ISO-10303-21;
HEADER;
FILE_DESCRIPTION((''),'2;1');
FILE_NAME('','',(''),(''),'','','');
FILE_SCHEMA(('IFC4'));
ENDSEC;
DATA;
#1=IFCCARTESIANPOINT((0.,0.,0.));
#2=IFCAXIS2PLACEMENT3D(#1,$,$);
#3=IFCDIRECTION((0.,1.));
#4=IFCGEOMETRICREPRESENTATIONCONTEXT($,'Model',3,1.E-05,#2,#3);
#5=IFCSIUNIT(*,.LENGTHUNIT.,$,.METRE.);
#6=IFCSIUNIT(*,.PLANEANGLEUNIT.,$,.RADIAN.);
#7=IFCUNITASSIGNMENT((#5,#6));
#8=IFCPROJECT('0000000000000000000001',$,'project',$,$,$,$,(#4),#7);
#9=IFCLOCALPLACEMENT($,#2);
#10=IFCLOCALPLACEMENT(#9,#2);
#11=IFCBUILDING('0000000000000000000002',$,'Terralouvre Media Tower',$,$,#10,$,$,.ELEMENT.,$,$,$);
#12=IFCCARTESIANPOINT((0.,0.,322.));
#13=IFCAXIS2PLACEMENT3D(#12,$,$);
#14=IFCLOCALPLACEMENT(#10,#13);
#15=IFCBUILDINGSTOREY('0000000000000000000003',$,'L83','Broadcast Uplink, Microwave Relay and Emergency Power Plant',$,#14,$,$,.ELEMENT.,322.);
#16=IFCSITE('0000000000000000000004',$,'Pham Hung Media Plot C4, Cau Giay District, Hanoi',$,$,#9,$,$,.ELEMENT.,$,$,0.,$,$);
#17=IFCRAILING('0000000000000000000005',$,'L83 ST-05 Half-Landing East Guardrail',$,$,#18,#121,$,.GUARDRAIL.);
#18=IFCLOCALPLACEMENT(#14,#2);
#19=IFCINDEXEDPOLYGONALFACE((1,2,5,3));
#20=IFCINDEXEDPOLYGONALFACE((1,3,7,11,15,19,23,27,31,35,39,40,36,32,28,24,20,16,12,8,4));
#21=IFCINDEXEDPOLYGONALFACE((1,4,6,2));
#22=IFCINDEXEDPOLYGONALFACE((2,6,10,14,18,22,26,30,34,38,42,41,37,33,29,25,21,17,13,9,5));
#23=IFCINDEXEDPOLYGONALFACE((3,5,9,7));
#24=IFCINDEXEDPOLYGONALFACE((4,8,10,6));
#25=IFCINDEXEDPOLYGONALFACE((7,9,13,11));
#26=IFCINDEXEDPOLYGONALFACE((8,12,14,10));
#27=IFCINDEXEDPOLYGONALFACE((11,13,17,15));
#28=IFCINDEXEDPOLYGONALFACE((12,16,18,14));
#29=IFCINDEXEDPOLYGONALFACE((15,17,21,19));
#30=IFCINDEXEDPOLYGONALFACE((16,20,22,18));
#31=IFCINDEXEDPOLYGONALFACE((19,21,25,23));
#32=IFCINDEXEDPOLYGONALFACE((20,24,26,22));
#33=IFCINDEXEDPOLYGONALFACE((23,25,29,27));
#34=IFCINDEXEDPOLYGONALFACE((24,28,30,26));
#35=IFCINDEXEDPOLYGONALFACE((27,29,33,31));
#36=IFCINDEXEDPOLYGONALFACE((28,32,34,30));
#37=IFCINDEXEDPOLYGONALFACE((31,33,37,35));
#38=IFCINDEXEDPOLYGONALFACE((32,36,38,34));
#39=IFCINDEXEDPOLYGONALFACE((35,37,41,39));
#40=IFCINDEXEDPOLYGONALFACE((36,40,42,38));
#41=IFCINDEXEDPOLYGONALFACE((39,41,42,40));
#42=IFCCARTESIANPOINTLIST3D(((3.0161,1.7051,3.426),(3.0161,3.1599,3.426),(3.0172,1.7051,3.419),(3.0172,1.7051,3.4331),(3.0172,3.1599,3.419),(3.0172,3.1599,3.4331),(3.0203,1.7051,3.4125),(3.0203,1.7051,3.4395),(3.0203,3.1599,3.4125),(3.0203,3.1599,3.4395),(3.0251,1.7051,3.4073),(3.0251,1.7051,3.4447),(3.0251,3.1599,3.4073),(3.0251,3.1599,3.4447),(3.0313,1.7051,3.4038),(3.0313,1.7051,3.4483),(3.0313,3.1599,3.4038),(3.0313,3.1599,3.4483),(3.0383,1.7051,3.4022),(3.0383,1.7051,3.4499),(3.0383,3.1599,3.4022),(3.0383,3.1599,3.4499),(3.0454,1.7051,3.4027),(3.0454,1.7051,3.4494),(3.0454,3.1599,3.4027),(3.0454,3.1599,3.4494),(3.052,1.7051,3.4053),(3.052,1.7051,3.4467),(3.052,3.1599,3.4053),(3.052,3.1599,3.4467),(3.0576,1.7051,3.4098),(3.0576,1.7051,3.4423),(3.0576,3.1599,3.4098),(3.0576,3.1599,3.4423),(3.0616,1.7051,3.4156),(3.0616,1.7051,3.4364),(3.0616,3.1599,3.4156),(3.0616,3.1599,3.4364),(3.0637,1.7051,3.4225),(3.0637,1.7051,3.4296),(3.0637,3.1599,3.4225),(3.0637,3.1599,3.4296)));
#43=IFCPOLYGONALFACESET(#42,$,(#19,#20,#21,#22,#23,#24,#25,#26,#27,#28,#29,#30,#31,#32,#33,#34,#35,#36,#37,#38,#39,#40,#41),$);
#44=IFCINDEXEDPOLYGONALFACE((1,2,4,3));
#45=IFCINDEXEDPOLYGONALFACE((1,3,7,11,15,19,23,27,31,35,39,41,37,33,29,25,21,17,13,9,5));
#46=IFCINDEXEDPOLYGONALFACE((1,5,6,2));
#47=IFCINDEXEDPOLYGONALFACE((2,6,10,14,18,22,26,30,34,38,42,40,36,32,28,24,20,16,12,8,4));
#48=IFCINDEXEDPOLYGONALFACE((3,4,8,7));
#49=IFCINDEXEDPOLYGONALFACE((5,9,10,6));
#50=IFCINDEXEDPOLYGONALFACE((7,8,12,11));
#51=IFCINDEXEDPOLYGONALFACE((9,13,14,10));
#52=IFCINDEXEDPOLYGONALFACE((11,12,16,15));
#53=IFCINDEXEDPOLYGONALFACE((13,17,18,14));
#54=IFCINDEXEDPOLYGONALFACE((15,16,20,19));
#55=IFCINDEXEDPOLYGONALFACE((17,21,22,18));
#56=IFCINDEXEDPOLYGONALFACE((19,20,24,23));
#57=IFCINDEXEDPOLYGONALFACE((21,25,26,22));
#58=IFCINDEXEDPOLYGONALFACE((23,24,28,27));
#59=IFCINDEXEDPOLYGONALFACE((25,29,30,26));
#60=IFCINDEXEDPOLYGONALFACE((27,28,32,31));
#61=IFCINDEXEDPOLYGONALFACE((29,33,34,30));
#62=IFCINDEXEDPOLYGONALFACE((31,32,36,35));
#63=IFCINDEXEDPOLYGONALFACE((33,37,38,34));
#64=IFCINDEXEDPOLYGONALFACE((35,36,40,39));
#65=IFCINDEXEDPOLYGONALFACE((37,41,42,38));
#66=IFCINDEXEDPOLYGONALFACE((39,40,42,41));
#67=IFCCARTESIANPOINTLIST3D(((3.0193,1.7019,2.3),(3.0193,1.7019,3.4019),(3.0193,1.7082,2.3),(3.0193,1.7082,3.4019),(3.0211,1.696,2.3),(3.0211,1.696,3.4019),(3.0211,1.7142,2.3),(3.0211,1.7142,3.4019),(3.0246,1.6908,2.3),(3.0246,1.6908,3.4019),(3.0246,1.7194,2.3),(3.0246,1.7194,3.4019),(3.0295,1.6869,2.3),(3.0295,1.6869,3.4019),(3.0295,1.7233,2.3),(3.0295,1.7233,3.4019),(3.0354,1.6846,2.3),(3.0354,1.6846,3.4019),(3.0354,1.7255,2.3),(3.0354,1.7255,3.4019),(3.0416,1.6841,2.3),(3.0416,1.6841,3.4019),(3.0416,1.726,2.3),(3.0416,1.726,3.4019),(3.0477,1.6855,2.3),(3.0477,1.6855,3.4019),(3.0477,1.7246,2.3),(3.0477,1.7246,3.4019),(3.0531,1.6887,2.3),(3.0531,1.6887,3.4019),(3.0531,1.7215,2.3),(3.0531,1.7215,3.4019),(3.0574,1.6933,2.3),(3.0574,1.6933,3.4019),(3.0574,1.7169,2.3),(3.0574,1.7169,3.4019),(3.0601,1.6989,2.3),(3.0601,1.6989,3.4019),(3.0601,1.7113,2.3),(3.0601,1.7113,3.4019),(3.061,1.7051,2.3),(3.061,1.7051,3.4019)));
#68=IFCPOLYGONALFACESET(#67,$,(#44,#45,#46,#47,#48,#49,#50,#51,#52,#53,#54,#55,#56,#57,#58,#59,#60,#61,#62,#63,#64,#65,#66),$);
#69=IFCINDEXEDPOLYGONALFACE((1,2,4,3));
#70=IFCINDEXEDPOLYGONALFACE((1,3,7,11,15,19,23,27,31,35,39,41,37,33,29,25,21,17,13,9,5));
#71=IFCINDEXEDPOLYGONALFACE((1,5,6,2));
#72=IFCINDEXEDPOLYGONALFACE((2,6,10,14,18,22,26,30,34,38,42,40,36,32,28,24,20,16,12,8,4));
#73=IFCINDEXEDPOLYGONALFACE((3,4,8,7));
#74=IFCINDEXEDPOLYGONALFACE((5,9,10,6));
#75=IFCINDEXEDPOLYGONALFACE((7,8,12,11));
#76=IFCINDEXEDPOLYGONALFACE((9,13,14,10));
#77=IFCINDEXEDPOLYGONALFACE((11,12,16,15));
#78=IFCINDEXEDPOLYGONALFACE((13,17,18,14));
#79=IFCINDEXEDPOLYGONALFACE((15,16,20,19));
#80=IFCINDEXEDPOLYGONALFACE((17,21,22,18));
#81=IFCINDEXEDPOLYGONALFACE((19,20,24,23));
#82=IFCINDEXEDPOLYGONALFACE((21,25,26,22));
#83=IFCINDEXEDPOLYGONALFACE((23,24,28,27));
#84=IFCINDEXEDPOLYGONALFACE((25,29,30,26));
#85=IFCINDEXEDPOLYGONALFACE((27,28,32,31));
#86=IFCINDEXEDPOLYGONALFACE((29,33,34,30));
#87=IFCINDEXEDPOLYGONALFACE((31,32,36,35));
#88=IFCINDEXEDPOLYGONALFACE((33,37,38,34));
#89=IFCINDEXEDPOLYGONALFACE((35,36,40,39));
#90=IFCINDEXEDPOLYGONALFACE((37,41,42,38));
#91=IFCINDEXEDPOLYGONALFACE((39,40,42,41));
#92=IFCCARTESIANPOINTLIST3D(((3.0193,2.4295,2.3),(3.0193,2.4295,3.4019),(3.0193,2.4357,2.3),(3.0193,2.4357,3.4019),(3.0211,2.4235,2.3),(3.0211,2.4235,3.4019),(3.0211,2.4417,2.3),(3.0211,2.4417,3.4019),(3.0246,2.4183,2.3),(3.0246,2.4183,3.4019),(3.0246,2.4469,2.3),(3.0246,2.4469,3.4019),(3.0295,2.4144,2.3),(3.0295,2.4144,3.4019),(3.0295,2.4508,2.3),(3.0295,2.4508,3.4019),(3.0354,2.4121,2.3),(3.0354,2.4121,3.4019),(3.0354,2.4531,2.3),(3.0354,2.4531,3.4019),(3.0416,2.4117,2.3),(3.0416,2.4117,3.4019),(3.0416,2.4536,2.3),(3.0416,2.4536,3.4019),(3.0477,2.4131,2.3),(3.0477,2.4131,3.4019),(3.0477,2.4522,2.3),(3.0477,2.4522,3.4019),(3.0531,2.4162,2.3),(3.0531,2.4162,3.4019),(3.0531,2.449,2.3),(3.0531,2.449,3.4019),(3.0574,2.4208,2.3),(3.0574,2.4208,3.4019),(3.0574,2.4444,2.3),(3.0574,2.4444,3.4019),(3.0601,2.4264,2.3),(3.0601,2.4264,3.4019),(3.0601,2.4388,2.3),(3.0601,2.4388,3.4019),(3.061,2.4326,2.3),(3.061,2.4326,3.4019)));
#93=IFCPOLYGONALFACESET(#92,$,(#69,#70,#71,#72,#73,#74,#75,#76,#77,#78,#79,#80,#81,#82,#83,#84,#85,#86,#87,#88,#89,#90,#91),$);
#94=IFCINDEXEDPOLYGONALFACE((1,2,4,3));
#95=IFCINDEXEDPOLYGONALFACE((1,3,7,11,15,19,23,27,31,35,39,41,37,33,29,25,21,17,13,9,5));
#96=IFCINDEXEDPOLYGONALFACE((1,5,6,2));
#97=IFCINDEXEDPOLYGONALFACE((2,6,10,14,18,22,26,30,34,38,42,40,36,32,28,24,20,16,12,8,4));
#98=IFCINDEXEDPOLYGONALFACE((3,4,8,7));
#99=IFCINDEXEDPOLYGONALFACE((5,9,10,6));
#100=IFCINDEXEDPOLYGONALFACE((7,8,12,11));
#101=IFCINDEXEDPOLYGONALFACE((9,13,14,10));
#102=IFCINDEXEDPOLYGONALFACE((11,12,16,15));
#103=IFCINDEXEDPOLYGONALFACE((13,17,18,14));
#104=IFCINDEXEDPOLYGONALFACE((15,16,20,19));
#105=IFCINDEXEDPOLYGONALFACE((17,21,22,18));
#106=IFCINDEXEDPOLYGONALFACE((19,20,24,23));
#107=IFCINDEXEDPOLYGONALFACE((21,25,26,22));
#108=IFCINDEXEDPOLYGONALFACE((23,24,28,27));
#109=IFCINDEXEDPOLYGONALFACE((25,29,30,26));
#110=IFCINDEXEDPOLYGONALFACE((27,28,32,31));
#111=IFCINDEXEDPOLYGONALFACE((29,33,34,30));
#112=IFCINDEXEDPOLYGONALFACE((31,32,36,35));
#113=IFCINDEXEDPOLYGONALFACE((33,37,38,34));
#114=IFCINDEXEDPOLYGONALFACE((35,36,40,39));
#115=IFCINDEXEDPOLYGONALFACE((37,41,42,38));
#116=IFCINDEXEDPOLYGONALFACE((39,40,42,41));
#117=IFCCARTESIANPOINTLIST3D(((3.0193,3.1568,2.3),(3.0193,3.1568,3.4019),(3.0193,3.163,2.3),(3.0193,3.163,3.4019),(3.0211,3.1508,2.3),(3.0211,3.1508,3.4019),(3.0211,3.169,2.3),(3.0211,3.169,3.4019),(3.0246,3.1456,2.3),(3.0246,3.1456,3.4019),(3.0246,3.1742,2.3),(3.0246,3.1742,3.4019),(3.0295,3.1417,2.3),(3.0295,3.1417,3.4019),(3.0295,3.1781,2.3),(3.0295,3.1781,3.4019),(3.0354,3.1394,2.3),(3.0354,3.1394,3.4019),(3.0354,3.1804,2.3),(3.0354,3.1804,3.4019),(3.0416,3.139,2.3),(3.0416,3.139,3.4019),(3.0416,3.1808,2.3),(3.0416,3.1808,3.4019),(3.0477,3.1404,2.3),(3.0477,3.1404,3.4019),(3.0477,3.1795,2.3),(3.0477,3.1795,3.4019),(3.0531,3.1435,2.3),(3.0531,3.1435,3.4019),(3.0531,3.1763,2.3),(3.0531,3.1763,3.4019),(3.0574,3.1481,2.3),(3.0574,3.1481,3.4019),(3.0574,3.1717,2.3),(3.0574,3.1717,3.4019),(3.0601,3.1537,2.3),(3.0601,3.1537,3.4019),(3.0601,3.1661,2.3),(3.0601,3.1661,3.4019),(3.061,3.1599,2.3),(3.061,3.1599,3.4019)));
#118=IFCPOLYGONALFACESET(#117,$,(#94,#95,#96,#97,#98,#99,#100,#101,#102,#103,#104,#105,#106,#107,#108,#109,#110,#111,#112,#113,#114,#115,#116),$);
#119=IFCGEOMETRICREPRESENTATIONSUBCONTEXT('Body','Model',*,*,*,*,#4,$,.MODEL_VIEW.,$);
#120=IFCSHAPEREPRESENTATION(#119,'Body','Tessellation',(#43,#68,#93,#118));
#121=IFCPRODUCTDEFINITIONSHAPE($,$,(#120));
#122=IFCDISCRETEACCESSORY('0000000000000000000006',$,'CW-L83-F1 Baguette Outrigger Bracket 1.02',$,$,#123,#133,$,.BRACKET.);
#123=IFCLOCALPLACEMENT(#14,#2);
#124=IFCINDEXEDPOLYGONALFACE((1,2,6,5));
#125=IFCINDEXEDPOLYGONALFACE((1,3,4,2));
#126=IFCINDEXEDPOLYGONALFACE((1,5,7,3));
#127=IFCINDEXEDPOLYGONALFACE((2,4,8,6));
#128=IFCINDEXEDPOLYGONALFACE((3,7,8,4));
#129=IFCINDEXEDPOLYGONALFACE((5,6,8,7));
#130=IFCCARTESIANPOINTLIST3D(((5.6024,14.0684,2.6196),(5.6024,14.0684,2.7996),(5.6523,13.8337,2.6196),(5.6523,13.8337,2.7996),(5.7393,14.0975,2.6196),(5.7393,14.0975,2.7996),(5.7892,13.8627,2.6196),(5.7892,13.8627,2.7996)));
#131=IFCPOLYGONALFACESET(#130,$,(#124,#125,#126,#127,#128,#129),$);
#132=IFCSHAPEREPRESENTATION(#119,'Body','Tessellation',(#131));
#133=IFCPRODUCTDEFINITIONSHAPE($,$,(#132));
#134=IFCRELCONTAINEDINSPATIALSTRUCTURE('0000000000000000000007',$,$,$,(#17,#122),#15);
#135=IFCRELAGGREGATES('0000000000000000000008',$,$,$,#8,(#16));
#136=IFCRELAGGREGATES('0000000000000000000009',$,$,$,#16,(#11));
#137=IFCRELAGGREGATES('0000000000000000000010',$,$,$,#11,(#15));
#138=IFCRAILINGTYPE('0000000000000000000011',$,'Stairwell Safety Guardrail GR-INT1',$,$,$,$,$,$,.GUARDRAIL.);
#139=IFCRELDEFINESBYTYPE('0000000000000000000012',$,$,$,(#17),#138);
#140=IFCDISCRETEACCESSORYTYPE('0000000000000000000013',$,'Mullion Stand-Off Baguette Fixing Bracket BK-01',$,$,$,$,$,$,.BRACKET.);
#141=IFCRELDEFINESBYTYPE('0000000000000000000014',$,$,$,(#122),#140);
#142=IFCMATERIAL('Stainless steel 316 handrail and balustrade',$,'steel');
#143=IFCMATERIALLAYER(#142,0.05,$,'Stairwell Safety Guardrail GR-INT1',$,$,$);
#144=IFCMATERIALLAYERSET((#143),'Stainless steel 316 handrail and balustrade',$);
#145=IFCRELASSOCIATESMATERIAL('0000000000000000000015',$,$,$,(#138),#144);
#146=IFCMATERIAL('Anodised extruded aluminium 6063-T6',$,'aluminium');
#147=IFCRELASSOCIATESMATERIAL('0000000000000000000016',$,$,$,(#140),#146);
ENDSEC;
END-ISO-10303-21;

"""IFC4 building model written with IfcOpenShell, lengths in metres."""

from ifc_helpers import new_model, si_unit, direction, frame, origin, origin_2d, place, context, subcontext, project, spatial, rectangle, circle, extrude, material, layer, layer_set, type_object, element, save


model = new_model("IFC4")

# Units and contexts
model_context = context("Model", 3, precision=1e-05, world=origin(), true_north=direction((0.0, 1.0)))
body_context = subcontext(model_context, "Body", "Model", "MODEL_VIEW")
ifc_project = project(units=[si_unit("LENGTHUNIT", "METRE"), si_unit("PLANEANGLEUNIT", "RADIAN")], contexts=[model_context])

# Site, building, storey
site_placement = place(None, origin())
site = spatial("IfcSite", under=ifc_project, at=site_placement, Name="Pham Hung Media Plot C4, Cau Giay District, Hanoi", CompositionType="ELEMENT", RefElevation=0.0)
building_placement = place(site_placement, origin())
building = spatial("IfcBuilding", under=site, at=building_placement, Name="Terralouvre Media Tower", CompositionType="ELEMENT")
storey_placement = place(building_placement, frame((0.0, 0.0, 322.0)))
storey = spatial("IfcBuildingStorey", under=building, at=storey_placement, Name="L83", Description="Broadcast Uplink, Microwave Relay and Emergency Power Plant", CompositionType="ELEMENT", Elevation=322.0)

# Railing
ifc_material_1 = material(Name="Stainless steel 316 handrail and balustrade", Category="steel")
ifc_layer_1 = layer(ifc_material_1, 0.05, Name="Stairwell Safety Guardrail GR-INT1")
ifc_layer_set_1 = layer_set([ifc_layer_1], Name="Stainless steel 316 handrail and balustrade")
railing_type = type_object("IfcRailingType", Name="Stairwell Safety Guardrail GR-INT1", PredefinedType="GUARDRAIL", material=ifc_layer_set_1)
railing_1_placement = place(storey_placement, frame((3.04, 1.7051, 2.3)))
element("IfcRailing", 1, at=railing_1_placement, inside=storey, type_object=railing_type, Name="L83 ST-05 Half-Landing East Guardrail", PredefinedType="GUARDRAIL", context=body_context, shape_type="SweptSolid", body=[
    extrude(circle(Radius=0.0239, at=origin_2d()), frame((0.0, 0.0, 1.126), z_axis=(0.0, 1.0, 0.0), x_axis=(-1.0, 0.0, 0.0)), (0.0, 0.0, 1.0), 1.4548),
    extrude(circle(Radius=0.021, at=origin_2d()), origin(), (0.0, 0.0, 1.0), 1.1018),
    extrude(circle(Radius=0.021, at=origin_2d()), frame((0.0, 0.7275, 0.0)), (0.0, 0.0, 1.0), 1.1018),
    extrude(circle(Radius=0.021, at=origin_2d()), frame((0.0, 1.4548, 0.0)), (0.0, 0.0, 1.0), 1.1018),
])

# Discrete accessory
ifc_material_2 = material(Name="Anodised extruded aluminium 6063-T6", Category="aluminium")
discrete_accessory_type = type_object("IfcDiscreteAccessoryType", Name="Mullion Stand-Off Baguette Fixing Bracket BK-01", PredefinedType="BRACKET", material=ifc_material_2)
discrete_accessory_placement = place(storey_placement, frame((5.6958, 13.9656, 2.6196), z_axis=(0.0, 0.0, 1.0), x_axis=(-0.978148, -0.207912, 0.0)))
element("IfcDiscreteAccessory", 2, at=discrete_accessory_placement, inside=storey, type_object=discrete_accessory_type, Name="CW-L83-F1 Baguette Outrigger Bracket 1.02", PredefinedType="BRACKET", context=body_context, shape_type="SweptSolid", body=[
    extrude(rectangle(XDim=0.1399, YDim=0.24, at=origin_2d()), origin(), (0.0, 0.0, 1.0), 0.1799),
])

save(model, "model.ifc")
